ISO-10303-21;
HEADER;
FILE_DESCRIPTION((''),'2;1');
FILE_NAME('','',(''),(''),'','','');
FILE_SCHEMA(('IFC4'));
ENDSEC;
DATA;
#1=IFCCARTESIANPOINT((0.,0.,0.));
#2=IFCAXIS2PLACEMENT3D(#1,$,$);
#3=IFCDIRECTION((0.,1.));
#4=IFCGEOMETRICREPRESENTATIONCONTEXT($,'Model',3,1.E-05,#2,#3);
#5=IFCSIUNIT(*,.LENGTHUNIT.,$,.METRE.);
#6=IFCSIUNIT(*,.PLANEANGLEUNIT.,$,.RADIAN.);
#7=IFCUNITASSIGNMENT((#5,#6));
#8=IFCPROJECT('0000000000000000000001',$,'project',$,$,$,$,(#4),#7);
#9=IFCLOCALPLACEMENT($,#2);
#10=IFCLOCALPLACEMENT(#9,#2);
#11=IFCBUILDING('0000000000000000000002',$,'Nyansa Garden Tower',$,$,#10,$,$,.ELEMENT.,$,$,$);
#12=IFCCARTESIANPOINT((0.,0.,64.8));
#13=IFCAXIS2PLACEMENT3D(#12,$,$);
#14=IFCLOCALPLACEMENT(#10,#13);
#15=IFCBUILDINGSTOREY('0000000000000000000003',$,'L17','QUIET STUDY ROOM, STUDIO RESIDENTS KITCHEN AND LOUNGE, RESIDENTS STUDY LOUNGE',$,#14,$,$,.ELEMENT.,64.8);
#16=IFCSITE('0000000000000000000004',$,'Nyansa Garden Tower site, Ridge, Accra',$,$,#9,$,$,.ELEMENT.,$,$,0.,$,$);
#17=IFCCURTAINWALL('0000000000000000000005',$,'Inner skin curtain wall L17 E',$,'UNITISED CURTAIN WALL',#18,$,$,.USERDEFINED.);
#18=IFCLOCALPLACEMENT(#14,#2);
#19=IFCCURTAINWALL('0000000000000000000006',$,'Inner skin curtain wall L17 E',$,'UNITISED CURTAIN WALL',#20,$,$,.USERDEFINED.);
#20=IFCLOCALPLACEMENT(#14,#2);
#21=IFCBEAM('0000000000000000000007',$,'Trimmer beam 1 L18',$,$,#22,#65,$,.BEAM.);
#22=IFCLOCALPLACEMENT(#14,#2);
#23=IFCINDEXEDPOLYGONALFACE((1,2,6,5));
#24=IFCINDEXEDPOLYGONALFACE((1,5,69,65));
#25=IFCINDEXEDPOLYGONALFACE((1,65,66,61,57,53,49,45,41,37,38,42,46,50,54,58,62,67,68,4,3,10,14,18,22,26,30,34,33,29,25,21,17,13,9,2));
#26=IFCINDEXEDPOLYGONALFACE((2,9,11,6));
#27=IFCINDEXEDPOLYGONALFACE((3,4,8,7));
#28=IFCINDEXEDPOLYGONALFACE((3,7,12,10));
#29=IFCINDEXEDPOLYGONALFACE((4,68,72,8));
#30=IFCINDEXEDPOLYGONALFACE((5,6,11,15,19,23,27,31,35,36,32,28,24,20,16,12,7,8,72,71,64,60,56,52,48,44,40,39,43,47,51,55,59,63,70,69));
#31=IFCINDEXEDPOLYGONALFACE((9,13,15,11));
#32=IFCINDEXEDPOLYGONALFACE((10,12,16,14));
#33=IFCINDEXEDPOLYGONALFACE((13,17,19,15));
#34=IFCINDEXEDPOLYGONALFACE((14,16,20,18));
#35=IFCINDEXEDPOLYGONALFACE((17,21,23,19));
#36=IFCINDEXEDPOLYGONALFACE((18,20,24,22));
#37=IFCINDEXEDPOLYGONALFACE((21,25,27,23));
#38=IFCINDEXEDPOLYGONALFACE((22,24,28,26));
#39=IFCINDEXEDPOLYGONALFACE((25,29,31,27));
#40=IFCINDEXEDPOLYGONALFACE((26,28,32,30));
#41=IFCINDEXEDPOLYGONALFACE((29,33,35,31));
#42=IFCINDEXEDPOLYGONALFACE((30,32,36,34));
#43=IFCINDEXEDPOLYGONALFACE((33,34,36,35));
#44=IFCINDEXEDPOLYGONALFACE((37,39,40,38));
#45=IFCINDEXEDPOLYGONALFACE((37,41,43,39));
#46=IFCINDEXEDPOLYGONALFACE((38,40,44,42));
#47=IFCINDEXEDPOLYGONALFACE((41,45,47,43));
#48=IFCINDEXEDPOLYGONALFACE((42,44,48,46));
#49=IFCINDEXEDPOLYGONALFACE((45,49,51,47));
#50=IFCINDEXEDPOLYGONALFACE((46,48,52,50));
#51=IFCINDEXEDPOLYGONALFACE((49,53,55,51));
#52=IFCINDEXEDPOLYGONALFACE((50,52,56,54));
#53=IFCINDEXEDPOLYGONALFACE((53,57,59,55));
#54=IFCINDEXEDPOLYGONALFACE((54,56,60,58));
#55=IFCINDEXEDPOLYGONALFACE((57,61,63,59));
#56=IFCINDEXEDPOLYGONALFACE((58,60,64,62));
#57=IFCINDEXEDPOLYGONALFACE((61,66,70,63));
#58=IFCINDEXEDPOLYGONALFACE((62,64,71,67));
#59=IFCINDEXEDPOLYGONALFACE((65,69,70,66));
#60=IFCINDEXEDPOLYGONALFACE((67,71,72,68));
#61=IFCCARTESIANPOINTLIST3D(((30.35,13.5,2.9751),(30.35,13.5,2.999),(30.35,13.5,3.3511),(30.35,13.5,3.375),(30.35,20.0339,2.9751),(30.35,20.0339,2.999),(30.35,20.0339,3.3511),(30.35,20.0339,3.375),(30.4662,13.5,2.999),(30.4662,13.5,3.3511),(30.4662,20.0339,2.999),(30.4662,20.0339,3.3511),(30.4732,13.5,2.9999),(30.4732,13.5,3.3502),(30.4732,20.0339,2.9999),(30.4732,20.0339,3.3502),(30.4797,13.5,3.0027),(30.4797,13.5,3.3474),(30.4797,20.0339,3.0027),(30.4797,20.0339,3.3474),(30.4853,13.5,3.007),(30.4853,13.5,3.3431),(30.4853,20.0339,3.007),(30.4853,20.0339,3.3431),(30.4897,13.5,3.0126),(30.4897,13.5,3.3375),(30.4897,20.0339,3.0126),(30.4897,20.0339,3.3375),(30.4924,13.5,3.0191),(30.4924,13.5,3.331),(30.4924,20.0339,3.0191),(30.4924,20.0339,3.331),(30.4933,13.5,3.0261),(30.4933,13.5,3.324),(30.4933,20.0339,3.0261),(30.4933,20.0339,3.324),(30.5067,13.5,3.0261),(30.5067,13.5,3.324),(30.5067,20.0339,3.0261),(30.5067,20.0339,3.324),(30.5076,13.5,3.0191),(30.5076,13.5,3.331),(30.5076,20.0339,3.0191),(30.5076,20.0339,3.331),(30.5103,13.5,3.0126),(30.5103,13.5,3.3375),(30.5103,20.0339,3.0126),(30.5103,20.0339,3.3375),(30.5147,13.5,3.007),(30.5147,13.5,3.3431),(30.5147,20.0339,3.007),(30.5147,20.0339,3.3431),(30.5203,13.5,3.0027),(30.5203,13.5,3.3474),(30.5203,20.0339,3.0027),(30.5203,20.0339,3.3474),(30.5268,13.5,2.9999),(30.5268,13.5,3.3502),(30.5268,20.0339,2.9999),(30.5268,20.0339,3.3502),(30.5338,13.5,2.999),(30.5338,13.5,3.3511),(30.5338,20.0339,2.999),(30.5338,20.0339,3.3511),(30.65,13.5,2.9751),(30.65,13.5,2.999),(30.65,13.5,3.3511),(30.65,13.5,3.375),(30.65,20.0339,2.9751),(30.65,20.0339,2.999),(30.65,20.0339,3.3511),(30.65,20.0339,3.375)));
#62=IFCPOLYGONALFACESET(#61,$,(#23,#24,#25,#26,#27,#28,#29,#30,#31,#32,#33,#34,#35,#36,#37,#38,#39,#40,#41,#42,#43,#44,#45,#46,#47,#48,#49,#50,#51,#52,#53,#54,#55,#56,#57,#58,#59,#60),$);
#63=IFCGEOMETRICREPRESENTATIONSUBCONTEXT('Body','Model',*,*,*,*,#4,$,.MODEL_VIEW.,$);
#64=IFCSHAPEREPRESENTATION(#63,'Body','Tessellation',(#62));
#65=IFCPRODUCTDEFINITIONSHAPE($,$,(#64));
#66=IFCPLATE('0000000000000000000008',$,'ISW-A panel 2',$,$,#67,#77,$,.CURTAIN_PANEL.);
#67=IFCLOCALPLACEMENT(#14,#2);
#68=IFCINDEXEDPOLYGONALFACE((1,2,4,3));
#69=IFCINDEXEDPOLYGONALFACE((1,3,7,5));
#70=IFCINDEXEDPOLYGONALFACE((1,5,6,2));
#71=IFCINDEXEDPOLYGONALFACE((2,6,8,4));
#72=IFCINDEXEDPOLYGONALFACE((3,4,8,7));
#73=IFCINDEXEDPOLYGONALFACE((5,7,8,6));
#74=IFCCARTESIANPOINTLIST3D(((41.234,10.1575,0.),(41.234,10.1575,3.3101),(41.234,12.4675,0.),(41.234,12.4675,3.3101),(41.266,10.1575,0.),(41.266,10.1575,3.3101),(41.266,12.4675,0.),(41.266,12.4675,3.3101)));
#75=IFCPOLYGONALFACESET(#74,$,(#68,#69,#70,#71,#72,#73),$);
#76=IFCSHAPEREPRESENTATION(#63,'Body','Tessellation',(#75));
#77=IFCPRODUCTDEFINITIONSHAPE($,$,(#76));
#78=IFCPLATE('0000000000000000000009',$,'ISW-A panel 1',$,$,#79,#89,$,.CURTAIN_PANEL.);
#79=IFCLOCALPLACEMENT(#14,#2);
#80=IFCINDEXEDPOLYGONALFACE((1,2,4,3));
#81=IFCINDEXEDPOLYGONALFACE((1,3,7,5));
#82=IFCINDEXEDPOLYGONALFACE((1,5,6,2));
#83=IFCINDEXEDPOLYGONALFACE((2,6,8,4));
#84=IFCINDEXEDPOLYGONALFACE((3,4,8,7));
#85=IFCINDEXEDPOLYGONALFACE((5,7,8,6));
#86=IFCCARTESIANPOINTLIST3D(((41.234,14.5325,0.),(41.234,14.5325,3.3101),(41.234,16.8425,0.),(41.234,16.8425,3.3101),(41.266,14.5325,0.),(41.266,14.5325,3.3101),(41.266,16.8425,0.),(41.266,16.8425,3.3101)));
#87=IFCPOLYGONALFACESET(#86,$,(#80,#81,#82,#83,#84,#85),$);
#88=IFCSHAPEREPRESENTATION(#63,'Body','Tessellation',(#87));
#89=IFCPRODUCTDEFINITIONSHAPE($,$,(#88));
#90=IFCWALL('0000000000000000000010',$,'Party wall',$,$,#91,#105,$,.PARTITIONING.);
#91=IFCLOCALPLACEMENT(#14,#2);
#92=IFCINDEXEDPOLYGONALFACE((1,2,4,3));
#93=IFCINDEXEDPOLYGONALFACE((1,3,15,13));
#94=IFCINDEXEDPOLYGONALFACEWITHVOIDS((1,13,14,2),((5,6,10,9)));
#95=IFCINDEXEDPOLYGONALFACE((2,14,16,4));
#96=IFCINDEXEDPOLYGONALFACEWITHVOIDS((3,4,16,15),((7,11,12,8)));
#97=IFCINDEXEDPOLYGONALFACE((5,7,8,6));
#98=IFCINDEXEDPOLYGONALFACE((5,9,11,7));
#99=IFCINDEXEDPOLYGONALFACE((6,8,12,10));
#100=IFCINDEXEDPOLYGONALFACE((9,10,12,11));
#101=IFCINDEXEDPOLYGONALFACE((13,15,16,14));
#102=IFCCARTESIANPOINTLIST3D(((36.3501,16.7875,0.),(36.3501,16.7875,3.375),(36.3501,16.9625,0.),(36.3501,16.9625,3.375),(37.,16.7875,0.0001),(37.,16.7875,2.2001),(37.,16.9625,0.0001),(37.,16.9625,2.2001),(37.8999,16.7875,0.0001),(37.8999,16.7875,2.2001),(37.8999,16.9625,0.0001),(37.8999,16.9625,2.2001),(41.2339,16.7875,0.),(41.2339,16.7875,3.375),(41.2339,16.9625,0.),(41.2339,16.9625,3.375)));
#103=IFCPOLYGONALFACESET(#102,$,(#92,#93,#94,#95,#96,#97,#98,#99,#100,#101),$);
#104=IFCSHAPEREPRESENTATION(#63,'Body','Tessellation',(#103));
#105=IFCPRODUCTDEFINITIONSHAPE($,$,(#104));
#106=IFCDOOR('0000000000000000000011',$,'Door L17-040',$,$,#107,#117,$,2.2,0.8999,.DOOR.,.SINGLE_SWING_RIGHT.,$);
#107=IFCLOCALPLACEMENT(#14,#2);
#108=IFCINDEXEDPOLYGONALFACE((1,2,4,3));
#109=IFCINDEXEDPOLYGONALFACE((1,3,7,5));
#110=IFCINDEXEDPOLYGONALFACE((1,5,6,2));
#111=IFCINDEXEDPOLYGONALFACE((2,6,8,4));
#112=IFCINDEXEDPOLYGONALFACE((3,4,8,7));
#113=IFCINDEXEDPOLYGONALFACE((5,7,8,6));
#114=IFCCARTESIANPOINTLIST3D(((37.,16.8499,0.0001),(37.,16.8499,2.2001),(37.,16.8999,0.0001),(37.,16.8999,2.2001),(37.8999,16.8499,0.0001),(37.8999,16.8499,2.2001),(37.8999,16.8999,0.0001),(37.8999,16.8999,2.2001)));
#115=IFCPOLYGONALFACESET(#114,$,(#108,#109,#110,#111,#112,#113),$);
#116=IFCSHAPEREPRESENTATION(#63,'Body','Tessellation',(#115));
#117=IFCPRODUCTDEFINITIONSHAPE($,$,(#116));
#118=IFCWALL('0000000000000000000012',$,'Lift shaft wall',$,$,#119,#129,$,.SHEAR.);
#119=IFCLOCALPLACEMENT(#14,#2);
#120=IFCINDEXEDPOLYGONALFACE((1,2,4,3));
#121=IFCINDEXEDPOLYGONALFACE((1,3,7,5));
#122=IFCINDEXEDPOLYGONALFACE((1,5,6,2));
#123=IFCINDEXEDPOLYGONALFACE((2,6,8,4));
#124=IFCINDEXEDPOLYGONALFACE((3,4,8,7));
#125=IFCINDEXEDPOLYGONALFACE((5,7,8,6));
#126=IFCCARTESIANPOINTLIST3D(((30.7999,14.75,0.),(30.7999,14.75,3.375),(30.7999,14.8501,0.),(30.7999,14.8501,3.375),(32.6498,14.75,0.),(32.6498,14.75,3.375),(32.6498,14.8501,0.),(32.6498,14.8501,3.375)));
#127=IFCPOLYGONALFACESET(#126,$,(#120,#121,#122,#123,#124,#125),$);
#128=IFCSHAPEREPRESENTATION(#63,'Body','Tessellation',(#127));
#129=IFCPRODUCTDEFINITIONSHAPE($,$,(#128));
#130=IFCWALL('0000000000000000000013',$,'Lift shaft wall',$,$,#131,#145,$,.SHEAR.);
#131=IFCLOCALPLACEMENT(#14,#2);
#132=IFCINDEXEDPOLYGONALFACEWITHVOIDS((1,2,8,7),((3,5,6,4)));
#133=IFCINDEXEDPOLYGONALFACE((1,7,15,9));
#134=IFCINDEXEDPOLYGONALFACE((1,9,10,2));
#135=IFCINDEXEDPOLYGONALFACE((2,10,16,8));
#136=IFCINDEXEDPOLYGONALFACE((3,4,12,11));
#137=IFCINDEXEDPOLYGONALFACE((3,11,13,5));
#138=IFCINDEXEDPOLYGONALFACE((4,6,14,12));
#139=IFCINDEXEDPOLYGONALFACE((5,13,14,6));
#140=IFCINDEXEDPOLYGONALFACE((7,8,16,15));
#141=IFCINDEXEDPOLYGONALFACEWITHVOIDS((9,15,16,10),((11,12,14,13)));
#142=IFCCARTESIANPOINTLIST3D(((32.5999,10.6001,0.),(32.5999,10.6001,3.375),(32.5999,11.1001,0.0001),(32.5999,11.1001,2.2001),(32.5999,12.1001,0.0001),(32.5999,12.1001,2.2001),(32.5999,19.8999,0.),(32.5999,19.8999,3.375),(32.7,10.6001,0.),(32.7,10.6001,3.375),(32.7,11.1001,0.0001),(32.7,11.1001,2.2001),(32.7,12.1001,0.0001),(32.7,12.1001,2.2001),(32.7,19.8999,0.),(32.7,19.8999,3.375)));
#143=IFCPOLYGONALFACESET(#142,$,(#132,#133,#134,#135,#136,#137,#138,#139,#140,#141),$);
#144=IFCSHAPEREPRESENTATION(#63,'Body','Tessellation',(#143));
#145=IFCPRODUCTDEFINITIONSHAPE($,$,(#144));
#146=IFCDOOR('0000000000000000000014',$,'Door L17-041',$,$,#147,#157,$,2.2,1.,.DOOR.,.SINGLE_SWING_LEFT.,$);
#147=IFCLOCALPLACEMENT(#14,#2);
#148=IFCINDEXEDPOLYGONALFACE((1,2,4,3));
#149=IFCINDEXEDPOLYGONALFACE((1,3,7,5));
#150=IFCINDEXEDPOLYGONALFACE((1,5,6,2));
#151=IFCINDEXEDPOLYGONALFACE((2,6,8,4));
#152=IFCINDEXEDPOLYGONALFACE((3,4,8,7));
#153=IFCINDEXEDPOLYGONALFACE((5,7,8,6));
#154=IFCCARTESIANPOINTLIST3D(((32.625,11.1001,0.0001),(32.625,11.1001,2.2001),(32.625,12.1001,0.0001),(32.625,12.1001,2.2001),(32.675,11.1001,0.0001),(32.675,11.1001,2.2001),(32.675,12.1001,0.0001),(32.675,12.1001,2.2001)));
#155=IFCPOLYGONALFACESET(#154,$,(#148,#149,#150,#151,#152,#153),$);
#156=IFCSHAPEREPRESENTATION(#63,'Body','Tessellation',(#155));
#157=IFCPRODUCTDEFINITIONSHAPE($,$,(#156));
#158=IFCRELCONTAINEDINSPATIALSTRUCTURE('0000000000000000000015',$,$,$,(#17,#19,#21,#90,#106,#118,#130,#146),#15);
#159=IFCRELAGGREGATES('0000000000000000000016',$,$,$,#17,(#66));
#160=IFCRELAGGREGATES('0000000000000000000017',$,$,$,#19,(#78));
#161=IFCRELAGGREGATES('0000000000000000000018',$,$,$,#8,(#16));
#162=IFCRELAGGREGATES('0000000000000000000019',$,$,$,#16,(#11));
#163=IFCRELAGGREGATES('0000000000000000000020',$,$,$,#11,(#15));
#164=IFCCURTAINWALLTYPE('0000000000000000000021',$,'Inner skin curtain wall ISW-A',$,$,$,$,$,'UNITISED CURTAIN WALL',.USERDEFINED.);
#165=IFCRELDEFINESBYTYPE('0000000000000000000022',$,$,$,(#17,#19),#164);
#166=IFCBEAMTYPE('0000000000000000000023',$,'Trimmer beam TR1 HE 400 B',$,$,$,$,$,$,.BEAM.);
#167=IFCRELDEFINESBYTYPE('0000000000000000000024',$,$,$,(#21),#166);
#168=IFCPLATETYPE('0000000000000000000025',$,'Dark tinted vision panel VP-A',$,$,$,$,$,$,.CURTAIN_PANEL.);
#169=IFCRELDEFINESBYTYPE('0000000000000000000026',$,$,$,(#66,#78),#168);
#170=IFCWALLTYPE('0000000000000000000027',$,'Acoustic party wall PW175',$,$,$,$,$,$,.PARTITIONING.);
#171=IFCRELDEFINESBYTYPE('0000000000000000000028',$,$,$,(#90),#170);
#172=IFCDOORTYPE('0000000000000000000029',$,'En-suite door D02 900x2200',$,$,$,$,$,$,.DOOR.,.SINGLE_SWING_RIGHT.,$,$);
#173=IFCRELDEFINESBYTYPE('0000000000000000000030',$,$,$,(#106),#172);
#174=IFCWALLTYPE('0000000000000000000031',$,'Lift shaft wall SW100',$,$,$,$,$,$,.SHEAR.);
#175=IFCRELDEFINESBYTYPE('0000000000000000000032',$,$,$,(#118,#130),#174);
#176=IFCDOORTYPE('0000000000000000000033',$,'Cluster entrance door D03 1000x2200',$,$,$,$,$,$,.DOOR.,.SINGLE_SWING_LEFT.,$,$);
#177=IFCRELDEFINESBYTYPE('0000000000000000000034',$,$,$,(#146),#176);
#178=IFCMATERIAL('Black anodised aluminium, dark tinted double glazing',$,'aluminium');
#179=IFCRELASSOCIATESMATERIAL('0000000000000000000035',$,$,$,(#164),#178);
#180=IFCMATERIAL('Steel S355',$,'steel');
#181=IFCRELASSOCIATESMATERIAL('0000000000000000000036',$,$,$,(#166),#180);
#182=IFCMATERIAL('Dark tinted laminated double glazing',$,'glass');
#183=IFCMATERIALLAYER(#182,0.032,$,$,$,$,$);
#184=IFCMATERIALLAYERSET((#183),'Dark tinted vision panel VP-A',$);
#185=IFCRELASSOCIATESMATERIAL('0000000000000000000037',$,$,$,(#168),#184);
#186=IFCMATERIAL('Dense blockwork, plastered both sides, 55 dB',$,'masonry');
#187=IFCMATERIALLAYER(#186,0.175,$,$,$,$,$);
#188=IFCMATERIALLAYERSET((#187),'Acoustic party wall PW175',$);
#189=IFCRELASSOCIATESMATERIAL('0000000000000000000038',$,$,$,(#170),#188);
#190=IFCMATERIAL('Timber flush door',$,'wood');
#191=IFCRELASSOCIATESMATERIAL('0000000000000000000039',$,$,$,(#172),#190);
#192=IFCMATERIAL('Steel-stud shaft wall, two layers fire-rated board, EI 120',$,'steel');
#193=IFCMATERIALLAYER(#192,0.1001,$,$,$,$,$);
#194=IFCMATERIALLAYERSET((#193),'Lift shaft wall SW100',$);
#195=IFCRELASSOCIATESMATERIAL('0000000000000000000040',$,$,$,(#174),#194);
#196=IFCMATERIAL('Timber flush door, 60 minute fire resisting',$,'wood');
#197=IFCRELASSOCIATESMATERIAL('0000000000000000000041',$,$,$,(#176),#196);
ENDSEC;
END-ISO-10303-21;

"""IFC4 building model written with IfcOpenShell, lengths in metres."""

from ifc_helpers import new_model, si_unit, direction, frame, frame_2d, origin, origin_2d, place, context, subcontext, project, spatial, rectangle, i_section, extrude, material, layer, layer_set, material_profile, profile_set, type_object, element, fill, aggregate, save


model = new_model("IFC4")

# Units and contexts
model_context = context("Model", 3, precision=1e-05, world=origin(), true_north=direction((0.0, 1.0)))
body_context = subcontext(model_context, "Body", "Model", "MODEL_VIEW")
ifc_project = project(units=[si_unit("LENGTHUNIT", "METRE"), si_unit("PLANEANGLEUNIT", "RADIAN")], contexts=[model_context])

# Site, building, storey
site_placement = place(None, origin())
site = spatial("IfcSite", under=ifc_project, at=site_placement, Name="Nyansa Garden Tower site, Ridge, Accra", CompositionType="ELEMENT", RefElevation=0.0)
building_placement = place(site_placement, origin())
building = spatial("IfcBuilding", under=site, at=building_placement, Name="Nyansa Garden Tower", CompositionType="ELEMENT")
storey_placement = place(building_placement, frame((0.0, 0.0, 64.8)))
storey = spatial("IfcBuildingStorey", under=building, at=storey_placement, Name="L17", Description="QUIET STUDY ROOM, STUDIO RESIDENTS KITCHEN AND LOUNGE, RESIDENTS STUDY LOUNGE", CompositionType="ELEMENT", Elevation=64.8)

# Curtain wall
ifc_material_1 = material(Name="Black anodised aluminium, dark tinted double glazing", Category="aluminium")
curtain_wall_type = type_object("IfcCurtainWallType", Name="Inner skin curtain wall ISW-A", ElementType="UNITISED CURTAIN WALL", PredefinedType="USERDEFINED", material=ifc_material_1)
curtain_wall_1_placement = place(storey_placement, origin())
curtain_wall_1 = element("IfcCurtainWall", 1, at=curtain_wall_1_placement, inside=storey, type_object=curtain_wall_type, Name="Inner skin curtain wall L17 E", ObjectType="UNITISED CURTAIN WALL", PredefinedType="USERDEFINED")

# Curtain wall
curtain_wall_2_placement = place(storey_placement, origin())
curtain_wall_2 = element("IfcCurtainWall", 2, at=curtain_wall_2_placement, inside=storey, type_object=curtain_wall_type, Name="Inner skin curtain wall L17 E", ObjectType="UNITISED CURTAIN WALL", PredefinedType="USERDEFINED")

# Beam
ifc_material_2 = material(Name="Steel S355", Category="steel")
ifc_material_profile_1 = material_profile(ifc_material_2, i_section(OverallWidth=0.3, OverallDepth=0.3999, WebThickness=0.0134, FlangeThickness=0.0239, FilletRadius=0.0271, at=origin_2d()), Name="HE 400 B")
ifc_profile_set_1 = profile_set([ifc_material_profile_1], Name="Steel S355")
beam_type_1 = type_object("IfcBeamType", Name="Trimmer beam TR1 HE 400 B", PredefinedType="BEAM", material=ifc_profile_set_1)
beam_1_placement = place(storey_placement, frame((30.5, 13.5, 3.175), z_axis=(0.0, 1.0, 0.0), x_axis=(-1.0, 0.0, 0.0)))
element("IfcBeam", 3, at=beam_1_placement, inside=storey, type_object=beam_type_1, Name="Trimmer beam 1 L18", PredefinedType="BEAM", context=body_context, shape_type="SweptSolid", body=[
    extrude(i_section(OverallWidth=0.3, OverallDepth=0.3999, WebThickness=0.0134, FlangeThickness=0.0239, FilletRadius=0.0271, at=origin_2d()), origin(), (0.0, 0.0, 1.0), 6.5339),
])

# Plates
ifc_material_3 = material(Name="Dark tinted laminated double glazing", Category="glass")
ifc_layer_1 = layer(ifc_material_3, 0.032)
ifc_layer_set_1 = layer_set([ifc_layer_1], Name="Dark tinted vision panel VP-A")
plate_type = type_object("IfcPlateType", Name="Dark tinted vision panel VP-A", PredefinedType="CURTAIN_PANEL", material=ifc_layer_set_1)
plate_1_placement = place(storey_placement, frame((41.25, 11.3125, 0.0), z_axis=(0.0, 0.0, 1.0), x_axis=(0.0, 1.0, 0.0)))
plate_1 = element("IfcPlate", 4, at=plate_1_placement, type_object=plate_type, Name="ISW-A panel 2", PredefinedType="CURTAIN_PANEL", context=body_context, shape_type="SweptSolid", body=[
    extrude(rectangle(XDim=2.3101, YDim=0.032, at=origin_2d()), origin(), (0.0, 0.0, 1.0), 3.3101),
])
aggregate(curtain_wall_1, [plate_1])
plate_2_placement = place(storey_placement, frame((41.25, 15.6875, 0.0), z_axis=(0.0, 0.0, 1.0), x_axis=(0.0, 1.0, 0.0)))
plate_2 = element("IfcPlate", 5, at=plate_2_placement, type_object=plate_type, Name="ISW-A panel 1", PredefinedType="CURTAIN_PANEL", context=body_context, shape_type="SweptSolid", body=[
    extrude(rectangle(XDim=2.3101, YDim=0.032, at=origin_2d()), origin(), (0.0, 0.0, 1.0), 3.3101),
])
aggregate(curtain_wall_2, [plate_2])

# Wall, opening, door
ifc_material_4 = material(Name="Dense blockwork, plastered both sides, 55 dB", Category="masonry")
ifc_layer_2 = layer(ifc_material_4, 0.175)
ifc_layer_set_2 = layer_set([ifc_layer_2], Name="Acoustic party wall PW175")
wall_type_1 = type_object("IfcWallType", Name="Acoustic party wall PW175", PredefinedType="PARTITIONING", material=ifc_layer_set_2)
wall_1_placement = place(storey_placement, frame((36.3501, 16.875, 0.0), z_axis=(0.0, 0.0, 1.0), x_axis=(1.0, 0.0, 0.0)))
wall_1 = element("IfcWall", 6, at=wall_1_placement, inside=storey, type_object=wall_type_1, Name="Party wall", PredefinedType="PARTITIONING", context=body_context, shape_type="SweptSolid", body=[
    extrude(rectangle(XDim=4.8838, YDim=0.175, at=frame_2d((2.4419, 0.0))), origin(), (0.0, 0.0, 1.0), 3.375),
])
opening_1_placement = place(wall_1_placement, frame((0.6499, 0.0, 0.0)))
opening_1 = element("IfcOpeningElement", 7, at=opening_1_placement, cuts=wall_1, PredefinedType="OPENING", context=body_context, shape_type="SweptSolid", body=[
    extrude(rectangle(XDim=0.8999, YDim=2.2, at=frame_2d((0.45, 1.1001))), frame((0.0, 0.0974, 0.0), z_axis=(0.0, -1.0, 0.0), x_axis=(1.0, 0.0, 0.0)), (0.0, 0.0, 1.0), 0.1951),
])
ifc_material_5 = material(Name="Timber flush door", Category="wood")
door_type_1 = type_object("IfcDoorType", Name="En-suite door D02 900x2200", OperationType="SINGLE_SWING_RIGHT", PredefinedType="DOOR", material=ifc_material_5)
door_1_placement = place(opening_1_placement, origin())
door_1 = element("IfcDoor", 8, at=door_1_placement, inside=storey, type_object=door_type_1, Name="Door L17-040", OperationType="SINGLE_SWING_RIGHT", OverallHeight=2.2, OverallWidth=0.8999, PredefinedType="DOOR", context=body_context, shape_type="SweptSolid", body=[
    extrude(rectangle(XDim=0.8999, YDim=2.2, at=frame_2d((0.45, 1.1001))), frame((0.0, 0.0249, 0.0), z_axis=(0.0, -1.0, 0.0), x_axis=(1.0, 0.0, 0.0)), (0.0, 0.0, 1.0), 0.05),
])
fill(opening_1, door_1)

# Wall
ifc_material_6 = material(Name="Steel-stud shaft wall, two layers fire-rated board, EI 120", Category="steel")
ifc_layer_3 = layer(ifc_material_6, 0.1001)
ifc_layer_set_3 = layer_set([ifc_layer_3], Name="Lift shaft wall SW100")
wall_type_2 = type_object("IfcWallType", Name="Lift shaft wall SW100", PredefinedType="SHEAR", material=ifc_layer_set_3)
wall_2_placement = place(storey_placement, frame((30.8, 14.8, 0.0), z_axis=(0.0, 0.0, 1.0), x_axis=(1.0, 0.0, 0.0)))
element("IfcWall", 9, at=wall_2_placement, inside=storey, type_object=wall_type_2, Name="Lift shaft wall", PredefinedType="SHEAR", context=body_context, shape_type="SweptSolid", body=[
    extrude(rectangle(XDim=1.8499, YDim=0.1001, at=frame_2d((0.9248, 0.0))), origin(), (0.0, 0.0, 1.0), 3.375),
])

# Wall, opening, door
wall_3_placement = place(storey_placement, frame((32.6499, 10.6001, 0.0), z_axis=(0.0, 0.0, 1.0), x_axis=(0.0, 1.0, 0.0)))
wall_3 = element("IfcWall", 10, at=wall_3_placement, inside=storey, type_object=wall_type_2, Name="Lift shaft wall", PredefinedType="SHEAR", context=body_context, shape_type="SweptSolid", body=[
    extrude(rectangle(XDim=9.2998, YDim=0.1001, at=frame_2d((4.6499, 0.0))), origin(), (0.0, 0.0, 1.0), 3.375),
])
opening_2_placement = place(wall_3_placement, frame((0.5, 0.0, 0.0)))
opening_2 = element("IfcOpeningElement", 11, at=opening_2_placement, cuts=wall_3, PredefinedType="OPENING", context=body_context, shape_type="SweptSolid", body=[
    extrude(rectangle(XDim=1.0, YDim=2.2, at=frame_2d((0.5, 1.1001))), frame((0.0, 0.0601, 0.0), z_axis=(0.0, -1.0, 0.0), x_axis=(1.0, 0.0, 0.0)), (0.0, 0.0, 1.0), 0.1201),
])
ifc_material_7 = material(Name="Timber flush door, 60 minute fire resisting", Category="wood")
door_type_2 = type_object("IfcDoorType", Name="Cluster entrance door D03 1000x2200", OperationType="SINGLE_SWING_LEFT", PredefinedType="DOOR", material=ifc_material_7)
door_2_placement = place(opening_2_placement, origin())
door_2 = element("IfcDoor", 12, at=door_2_placement, inside=storey, type_object=door_type_2, Name="Door L17-041", OperationType="SINGLE_SWING_LEFT", OverallHeight=2.2, OverallWidth=1.0, PredefinedType="DOOR", context=body_context, shape_type="SweptSolid", body=[
    extrude(rectangle(XDim=1.0, YDim=2.2, at=frame_2d((0.5, 1.1001))), frame((0.0, 0.0249, 0.0), z_axis=(0.0, -1.0, 0.0), x_axis=(1.0, 0.0, 0.0)), (0.0, 0.0, 1.0), 0.05),
])
fill(opening_2, door_2)

save(model, "model.ifc")
